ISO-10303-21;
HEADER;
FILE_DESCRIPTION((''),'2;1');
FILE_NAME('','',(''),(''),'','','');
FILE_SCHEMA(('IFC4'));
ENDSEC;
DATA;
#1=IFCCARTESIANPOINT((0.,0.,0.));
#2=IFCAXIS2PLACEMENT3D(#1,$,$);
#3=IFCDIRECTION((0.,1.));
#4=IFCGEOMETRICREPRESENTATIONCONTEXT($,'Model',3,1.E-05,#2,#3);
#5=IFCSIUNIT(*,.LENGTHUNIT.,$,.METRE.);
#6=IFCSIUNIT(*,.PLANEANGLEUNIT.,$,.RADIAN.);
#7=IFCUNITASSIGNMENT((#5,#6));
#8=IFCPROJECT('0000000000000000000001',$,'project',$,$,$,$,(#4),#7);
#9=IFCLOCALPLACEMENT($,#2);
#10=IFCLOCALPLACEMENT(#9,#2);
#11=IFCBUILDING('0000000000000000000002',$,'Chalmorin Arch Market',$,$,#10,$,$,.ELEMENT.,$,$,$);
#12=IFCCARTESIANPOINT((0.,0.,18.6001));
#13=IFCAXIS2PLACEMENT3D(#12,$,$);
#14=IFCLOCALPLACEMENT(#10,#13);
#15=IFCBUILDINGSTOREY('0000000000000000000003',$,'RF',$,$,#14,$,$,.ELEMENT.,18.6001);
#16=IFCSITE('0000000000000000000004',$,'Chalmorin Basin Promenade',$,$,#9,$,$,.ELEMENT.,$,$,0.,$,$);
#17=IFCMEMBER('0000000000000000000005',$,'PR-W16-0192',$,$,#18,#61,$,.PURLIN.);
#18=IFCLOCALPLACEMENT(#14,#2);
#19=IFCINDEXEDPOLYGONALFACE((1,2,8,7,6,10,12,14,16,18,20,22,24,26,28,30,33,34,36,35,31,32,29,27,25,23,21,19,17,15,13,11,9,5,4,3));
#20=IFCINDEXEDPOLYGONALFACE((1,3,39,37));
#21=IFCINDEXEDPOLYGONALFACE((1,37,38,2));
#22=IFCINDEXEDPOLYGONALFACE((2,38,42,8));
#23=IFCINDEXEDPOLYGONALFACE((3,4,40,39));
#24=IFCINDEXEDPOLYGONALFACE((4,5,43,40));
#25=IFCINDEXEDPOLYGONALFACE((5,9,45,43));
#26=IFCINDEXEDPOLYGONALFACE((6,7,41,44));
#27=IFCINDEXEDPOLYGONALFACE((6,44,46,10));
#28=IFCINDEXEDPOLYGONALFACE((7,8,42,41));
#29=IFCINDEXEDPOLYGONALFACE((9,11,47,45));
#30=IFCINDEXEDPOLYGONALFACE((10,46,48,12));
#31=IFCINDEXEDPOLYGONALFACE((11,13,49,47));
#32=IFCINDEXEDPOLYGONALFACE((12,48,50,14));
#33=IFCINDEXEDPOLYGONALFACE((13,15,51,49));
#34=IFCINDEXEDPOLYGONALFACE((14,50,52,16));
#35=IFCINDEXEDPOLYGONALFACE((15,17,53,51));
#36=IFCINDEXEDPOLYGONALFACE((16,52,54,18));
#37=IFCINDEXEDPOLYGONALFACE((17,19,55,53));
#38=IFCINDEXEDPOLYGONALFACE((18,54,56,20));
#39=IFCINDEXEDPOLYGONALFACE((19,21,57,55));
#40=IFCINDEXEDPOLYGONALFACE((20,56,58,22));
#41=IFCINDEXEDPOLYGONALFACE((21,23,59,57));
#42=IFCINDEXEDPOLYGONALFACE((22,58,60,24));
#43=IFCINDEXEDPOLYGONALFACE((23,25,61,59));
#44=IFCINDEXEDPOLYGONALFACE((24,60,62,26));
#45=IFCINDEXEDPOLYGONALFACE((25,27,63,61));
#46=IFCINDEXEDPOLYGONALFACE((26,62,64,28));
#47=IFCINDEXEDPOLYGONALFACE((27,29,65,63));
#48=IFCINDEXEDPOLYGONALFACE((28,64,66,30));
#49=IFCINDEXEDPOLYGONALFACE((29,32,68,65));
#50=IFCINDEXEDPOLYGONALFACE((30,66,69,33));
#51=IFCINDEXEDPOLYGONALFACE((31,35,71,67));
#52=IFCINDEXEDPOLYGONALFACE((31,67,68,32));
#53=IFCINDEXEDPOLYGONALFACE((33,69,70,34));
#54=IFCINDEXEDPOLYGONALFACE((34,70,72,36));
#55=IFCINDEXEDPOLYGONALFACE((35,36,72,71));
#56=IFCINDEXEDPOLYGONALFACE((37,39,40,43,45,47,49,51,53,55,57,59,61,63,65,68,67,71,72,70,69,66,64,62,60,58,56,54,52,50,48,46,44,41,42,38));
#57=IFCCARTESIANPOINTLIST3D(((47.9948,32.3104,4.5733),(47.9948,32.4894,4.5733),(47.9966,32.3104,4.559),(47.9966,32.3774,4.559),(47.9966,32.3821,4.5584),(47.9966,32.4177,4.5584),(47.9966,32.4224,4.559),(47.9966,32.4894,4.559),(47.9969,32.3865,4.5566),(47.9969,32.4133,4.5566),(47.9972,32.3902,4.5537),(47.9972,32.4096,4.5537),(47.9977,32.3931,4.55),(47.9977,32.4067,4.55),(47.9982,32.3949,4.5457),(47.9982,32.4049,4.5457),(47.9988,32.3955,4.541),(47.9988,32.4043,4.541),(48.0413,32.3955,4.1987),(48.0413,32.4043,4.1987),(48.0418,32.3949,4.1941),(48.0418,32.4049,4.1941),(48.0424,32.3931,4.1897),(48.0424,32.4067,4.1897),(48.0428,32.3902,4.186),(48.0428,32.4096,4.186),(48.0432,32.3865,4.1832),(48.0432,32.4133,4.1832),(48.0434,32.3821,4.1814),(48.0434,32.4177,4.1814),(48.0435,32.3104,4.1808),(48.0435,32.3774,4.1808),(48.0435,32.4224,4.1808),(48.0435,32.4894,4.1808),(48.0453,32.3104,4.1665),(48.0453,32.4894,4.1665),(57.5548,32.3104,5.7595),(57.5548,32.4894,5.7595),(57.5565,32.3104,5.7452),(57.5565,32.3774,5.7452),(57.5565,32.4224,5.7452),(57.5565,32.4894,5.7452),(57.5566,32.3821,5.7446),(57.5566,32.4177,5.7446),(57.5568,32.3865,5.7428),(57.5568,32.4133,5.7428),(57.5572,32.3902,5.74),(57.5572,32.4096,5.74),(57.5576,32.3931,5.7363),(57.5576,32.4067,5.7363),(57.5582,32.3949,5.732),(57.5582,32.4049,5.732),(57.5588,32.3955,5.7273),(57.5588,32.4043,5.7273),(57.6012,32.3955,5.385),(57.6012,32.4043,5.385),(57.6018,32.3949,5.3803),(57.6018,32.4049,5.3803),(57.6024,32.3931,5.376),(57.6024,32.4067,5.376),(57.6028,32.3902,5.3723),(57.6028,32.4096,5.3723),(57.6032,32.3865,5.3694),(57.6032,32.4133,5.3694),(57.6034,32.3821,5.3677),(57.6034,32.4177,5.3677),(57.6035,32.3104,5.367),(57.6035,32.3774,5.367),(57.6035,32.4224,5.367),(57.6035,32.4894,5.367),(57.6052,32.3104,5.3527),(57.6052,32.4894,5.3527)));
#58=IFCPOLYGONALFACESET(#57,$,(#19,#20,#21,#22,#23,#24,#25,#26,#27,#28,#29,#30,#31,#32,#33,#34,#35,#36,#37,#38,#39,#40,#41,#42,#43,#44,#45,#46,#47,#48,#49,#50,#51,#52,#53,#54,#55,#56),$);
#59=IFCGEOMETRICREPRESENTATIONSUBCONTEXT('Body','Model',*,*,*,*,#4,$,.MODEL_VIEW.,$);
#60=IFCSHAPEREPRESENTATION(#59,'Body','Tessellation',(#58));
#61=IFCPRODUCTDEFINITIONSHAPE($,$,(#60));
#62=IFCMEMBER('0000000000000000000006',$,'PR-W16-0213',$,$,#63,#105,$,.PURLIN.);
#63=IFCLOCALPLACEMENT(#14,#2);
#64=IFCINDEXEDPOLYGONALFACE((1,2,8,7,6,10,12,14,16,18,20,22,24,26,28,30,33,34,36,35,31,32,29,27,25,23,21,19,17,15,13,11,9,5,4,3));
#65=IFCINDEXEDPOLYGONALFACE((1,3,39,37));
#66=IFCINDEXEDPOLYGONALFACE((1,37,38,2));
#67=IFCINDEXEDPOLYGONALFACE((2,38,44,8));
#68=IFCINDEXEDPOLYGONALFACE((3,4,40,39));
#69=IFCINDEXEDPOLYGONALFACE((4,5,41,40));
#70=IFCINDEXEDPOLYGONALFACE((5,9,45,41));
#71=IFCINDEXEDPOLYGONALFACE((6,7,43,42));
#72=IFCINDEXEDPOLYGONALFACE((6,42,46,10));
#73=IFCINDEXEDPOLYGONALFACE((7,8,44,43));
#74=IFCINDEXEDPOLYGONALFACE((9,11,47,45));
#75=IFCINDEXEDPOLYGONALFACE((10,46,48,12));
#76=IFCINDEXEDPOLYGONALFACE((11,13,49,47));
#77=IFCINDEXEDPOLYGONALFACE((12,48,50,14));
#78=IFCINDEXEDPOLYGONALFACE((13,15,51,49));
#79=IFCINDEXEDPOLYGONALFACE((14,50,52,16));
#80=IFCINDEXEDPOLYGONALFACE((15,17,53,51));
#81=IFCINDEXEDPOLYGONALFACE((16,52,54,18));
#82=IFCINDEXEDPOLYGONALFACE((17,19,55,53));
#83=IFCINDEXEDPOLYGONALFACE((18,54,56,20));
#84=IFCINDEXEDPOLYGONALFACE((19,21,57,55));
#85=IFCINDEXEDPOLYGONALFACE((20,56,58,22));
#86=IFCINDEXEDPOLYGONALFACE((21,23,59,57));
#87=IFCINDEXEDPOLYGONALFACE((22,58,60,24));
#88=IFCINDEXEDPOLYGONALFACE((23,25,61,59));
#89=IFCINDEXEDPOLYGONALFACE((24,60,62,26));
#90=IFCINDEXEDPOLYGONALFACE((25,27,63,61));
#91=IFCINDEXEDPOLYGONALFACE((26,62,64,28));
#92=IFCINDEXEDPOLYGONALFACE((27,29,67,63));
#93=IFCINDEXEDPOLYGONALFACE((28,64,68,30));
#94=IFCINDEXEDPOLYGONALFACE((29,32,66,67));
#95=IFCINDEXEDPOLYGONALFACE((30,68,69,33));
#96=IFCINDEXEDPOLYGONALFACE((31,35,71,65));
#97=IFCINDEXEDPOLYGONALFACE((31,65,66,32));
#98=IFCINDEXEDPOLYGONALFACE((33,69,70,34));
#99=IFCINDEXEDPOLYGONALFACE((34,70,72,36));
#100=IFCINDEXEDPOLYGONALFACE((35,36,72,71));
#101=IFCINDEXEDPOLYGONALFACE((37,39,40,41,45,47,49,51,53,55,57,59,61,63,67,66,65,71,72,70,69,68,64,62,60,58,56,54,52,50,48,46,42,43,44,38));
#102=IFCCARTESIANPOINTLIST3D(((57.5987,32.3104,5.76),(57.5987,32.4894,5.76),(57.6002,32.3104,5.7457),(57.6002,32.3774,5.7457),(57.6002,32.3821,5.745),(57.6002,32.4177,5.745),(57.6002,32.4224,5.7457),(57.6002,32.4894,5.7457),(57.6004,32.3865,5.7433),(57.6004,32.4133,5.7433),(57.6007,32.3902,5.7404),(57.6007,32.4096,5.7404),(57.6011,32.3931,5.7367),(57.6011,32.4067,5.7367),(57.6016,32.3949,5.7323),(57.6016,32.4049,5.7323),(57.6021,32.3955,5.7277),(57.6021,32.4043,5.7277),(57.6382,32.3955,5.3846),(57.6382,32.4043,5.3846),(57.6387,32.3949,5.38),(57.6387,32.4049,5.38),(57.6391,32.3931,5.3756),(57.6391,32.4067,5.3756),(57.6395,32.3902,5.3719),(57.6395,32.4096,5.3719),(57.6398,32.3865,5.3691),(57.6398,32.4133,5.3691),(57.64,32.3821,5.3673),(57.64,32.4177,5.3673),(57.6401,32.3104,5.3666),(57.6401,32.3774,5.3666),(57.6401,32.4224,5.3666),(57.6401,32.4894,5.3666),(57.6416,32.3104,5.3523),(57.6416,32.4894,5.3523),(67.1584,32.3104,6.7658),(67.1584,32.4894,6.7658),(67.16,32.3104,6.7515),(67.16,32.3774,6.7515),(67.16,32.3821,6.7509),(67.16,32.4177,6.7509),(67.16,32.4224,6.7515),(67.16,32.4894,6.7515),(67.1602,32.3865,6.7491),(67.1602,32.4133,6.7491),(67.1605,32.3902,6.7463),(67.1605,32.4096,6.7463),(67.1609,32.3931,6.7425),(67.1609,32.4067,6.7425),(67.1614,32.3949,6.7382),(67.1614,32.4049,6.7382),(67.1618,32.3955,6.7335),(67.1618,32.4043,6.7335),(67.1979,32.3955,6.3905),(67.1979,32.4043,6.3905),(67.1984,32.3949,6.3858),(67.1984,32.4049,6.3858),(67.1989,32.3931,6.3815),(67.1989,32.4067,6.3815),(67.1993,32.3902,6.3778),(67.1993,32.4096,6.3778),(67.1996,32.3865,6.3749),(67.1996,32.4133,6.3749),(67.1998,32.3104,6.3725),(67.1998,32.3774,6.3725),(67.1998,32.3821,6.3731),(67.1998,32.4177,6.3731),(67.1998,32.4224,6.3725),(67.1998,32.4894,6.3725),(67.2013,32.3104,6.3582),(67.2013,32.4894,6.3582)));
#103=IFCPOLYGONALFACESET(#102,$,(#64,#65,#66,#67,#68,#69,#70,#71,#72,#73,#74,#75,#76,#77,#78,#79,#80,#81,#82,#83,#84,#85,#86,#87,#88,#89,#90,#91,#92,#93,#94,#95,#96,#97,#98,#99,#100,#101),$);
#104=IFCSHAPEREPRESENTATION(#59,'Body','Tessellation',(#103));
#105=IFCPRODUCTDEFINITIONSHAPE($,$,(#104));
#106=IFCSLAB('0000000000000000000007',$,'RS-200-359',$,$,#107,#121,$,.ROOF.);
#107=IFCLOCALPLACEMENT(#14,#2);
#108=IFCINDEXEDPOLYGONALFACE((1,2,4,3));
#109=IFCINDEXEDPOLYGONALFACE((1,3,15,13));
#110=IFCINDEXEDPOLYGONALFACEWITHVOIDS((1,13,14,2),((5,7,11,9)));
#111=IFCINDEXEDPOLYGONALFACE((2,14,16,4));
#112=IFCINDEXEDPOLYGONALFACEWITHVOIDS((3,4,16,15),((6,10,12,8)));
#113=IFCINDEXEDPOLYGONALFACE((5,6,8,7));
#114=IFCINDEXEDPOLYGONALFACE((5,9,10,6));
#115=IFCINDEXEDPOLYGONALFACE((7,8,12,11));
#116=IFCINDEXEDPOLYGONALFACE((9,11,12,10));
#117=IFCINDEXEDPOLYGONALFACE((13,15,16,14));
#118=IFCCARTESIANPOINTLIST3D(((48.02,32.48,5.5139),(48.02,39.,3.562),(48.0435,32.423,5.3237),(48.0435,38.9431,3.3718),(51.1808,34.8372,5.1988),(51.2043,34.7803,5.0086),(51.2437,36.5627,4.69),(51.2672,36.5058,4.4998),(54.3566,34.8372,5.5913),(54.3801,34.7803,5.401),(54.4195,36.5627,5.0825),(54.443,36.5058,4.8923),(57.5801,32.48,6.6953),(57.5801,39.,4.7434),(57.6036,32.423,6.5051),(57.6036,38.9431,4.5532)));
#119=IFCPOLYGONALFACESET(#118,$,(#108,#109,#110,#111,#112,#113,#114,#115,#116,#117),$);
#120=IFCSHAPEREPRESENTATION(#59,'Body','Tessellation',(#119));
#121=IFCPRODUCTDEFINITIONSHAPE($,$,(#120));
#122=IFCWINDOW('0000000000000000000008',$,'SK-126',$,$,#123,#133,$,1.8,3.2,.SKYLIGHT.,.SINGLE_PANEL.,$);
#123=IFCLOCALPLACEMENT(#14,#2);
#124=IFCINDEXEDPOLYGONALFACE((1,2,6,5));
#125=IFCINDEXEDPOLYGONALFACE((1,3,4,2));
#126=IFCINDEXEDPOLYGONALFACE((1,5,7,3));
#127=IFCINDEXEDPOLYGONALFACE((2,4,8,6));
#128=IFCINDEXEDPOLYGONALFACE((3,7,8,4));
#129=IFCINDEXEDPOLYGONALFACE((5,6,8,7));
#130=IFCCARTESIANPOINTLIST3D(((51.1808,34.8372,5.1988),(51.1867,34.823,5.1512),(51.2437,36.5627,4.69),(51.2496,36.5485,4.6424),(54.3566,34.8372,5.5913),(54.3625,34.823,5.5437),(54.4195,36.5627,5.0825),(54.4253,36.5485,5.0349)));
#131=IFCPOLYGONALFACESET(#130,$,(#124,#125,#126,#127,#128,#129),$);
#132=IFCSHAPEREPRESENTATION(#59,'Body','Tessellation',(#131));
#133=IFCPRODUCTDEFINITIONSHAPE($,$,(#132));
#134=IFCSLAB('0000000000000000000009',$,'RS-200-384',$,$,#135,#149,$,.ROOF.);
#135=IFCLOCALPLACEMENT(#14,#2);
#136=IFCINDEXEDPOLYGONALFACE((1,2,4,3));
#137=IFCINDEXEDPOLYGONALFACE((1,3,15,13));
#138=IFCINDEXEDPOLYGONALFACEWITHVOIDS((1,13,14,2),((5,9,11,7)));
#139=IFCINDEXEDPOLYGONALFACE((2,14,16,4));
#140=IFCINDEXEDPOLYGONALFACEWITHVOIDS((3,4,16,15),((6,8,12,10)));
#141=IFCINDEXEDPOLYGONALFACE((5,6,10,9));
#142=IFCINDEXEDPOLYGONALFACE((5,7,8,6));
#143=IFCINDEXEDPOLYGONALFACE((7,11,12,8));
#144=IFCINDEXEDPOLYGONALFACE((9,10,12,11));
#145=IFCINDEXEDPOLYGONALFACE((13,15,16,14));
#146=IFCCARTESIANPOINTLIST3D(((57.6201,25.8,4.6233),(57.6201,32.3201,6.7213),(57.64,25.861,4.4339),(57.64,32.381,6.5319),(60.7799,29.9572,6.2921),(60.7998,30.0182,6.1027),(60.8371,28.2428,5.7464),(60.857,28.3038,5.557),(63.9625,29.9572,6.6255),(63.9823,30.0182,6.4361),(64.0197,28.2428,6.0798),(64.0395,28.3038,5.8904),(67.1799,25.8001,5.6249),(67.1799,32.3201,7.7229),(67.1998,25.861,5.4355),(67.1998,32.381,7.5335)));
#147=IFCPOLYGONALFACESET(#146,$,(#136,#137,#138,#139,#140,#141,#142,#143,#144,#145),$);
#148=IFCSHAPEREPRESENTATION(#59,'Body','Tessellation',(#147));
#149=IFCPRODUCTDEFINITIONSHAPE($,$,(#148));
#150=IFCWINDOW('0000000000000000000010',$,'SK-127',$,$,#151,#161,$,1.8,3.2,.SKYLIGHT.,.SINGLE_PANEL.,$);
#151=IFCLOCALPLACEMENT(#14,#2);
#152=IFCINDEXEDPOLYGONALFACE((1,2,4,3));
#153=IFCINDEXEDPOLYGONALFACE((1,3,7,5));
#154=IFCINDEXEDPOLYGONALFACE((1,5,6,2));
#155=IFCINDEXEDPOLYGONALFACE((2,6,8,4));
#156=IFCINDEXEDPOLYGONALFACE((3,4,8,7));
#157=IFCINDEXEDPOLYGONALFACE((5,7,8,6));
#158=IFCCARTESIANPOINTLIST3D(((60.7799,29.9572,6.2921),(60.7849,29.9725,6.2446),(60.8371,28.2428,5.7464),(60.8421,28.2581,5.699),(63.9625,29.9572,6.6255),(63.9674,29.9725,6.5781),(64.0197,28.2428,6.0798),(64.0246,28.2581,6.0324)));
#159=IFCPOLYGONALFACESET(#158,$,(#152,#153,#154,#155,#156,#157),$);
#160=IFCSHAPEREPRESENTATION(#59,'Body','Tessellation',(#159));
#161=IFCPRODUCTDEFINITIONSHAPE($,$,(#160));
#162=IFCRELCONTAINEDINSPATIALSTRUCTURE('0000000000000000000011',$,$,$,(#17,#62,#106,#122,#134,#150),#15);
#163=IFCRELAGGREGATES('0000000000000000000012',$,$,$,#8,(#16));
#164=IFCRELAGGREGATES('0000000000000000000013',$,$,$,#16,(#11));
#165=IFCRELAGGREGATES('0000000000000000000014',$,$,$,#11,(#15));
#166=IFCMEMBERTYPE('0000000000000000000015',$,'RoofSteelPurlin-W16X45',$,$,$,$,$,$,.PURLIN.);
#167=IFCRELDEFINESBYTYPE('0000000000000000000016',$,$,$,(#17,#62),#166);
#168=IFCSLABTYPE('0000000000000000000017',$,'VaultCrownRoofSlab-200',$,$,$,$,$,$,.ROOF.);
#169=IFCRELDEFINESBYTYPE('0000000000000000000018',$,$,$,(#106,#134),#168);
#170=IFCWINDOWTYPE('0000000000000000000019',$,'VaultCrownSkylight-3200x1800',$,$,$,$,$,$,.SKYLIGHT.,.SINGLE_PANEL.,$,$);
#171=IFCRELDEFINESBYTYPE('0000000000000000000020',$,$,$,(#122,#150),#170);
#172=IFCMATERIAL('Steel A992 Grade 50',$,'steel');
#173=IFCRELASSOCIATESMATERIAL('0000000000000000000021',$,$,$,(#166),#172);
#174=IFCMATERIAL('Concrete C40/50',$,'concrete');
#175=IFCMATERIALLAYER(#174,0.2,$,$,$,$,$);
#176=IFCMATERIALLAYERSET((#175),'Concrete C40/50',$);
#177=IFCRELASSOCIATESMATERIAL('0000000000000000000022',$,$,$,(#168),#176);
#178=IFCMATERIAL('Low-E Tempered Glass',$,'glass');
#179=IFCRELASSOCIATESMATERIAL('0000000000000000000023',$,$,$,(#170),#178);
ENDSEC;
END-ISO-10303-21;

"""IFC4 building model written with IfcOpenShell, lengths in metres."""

from ifc_helpers import new_model, si_unit, direction, frame, origin, origin_2d, place, context, subcontext, project, spatial, polyline, rectangle, i_section, outline, extrude, material, layer, layer_set, material_profile, profile_set, type_object, element, fill, save


model = new_model("IFC4")

# Units and contexts
model_context = context("Model", 3, precision=1e-05, world=origin(), true_north=direction((0.0, 1.0)))
body_context = subcontext(model_context, "Body", "Model", "MODEL_VIEW")
ifc_project = project(units=[si_unit("LENGTHUNIT", "METRE"), si_unit("PLANEANGLEUNIT", "RADIAN")], contexts=[model_context])

# Site, building, storey
site_placement = place(None, origin())
site = spatial("IfcSite", under=ifc_project, at=site_placement, Name="Chalmorin Basin Promenade", CompositionType="ELEMENT", RefElevation=0.0)
building_placement = place(site_placement, origin())
building = spatial("IfcBuilding", under=site, at=building_placement, Name="Chalmorin Arch Market", CompositionType="ELEMENT")
storey_placement = place(building_placement, frame((0.0, 0.0, 18.6001)))
storey = spatial("IfcBuildingStorey", under=building, at=storey_placement, Name="RF", CompositionType="ELEMENT", Elevation=18.6001)

# Members
ifc_material_1 = material(Name="Steel A992 Grade 50", Category="steel")
ifc_material_profile_1 = material_profile(ifc_material_1, i_section(OverallWidth=0.179, OverallDepth=0.4099, WebThickness=0.0088, FlangeThickness=0.0144, FilletRadius=0.0181, at=origin_2d()), Name="W16X45")
ifc_profile_set_1 = profile_set([ifc_material_profile_1], Name="Steel A992 Grade 50")
member_type_1 = type_object("IfcMemberType", Name="RoofSteelPurlin-W16X45", PredefinedType="PURLIN", material=ifc_profile_set_1)
member_1_placement = place(storey_placement, frame((48.02, 32.3999, 4.3699), z_axis=(0.992389, 0.0, 0.123143), x_axis=(0.0, 1.0, 0.0)))
element("IfcMember", 1, at=member_1_placement, inside=storey, type_object=member_type_1, Name="PR-W16-0192", PredefinedType="PURLIN", context=body_context, shape_type="SweptSolid", body=[
    extrude(i_section(OverallWidth=0.179, OverallDepth=0.4099, WebThickness=0.0088, FlangeThickness=0.0144, FilletRadius=0.0181, at=origin_2d()), origin(), (0.0, 0.0, 1.0), 9.6333),
])
member_2_placement = place(storey_placement, frame((57.6201, 32.3999, 5.5562), z_axis=(0.99451, 0.0, 0.10464), x_axis=(0.0, 1.0, 0.0)))
element("IfcMember", 2, at=member_2_placement, inside=storey, type_object=member_type_1, Name="PR-W16-0213", PredefinedType="PURLIN", context=body_context, shape_type="SweptSolid", body=[
    extrude(i_section(OverallWidth=0.179, OverallDepth=0.4099, WebThickness=0.0088, FlangeThickness=0.0144, FilletRadius=0.0181, at=origin_2d()), origin(), (0.0, 0.0, 1.0), 9.6125),
])

# Slabs, openings, windows
ifc_material_2 = material(Name="Concrete C40/50", Category="concrete")
ifc_layer_1 = layer(ifc_material_2, 0.2)
ifc_layer_set_1 = layer_set([ifc_layer_1], Name="Concrete C40/50")
slab_type_1 = type_object("IfcSlabType", Name="VaultCrownRoofSlab-200", PredefinedType="ROOF", material=ifc_layer_set_1)
slab_1_placement = place(storey_placement, frame((48.02, 32.48, 5.5139), z_axis=(-0.117564, 0.284806, 0.951349), x_axis=(0.992451, 0.0, 0.122643)))
slab_1 = element("IfcSlab", 3, at=slab_1_placement, inside=storey, type_object=slab_type_1, Name="RS-200-359", PredefinedType="ROOF", context=body_context, shape_type="SweptSolid", body=[
    extrude(outline(polyline([(0.0, 0.0), (9.6328, 0.0), (9.3934, 6.8017), (-0.2394, 6.8017), (0.0, 0.0)])), origin(), (0.0, 0.0, -1.0), 0.2),
])
opening_1_placement = place(slab_1_placement, frame((4.6982, 3.3591, -0.2148)))
opening_1 = element("IfcOpeningElement", 4, at=opening_1_placement, cuts=slab_1, PredefinedType="OPENING", context=body_context, shape_type="SweptSolid", body=[
    extrude(rectangle(XDim=3.2, YDim=1.8, at=origin_2d()), origin(), (0.0, 0.0, 1.0), 0.23),
])
ifc_material_3 = material(Name="Low-E Tempered Glass", Category="glass")
window_type = type_object("IfcWindowType", Name="VaultCrownSkylight-3200x1800", PartitioningType="SINGLE_PANEL", PredefinedType="SKYLIGHT", material=ifc_material_3)
window_1_placement = place(slab_1_placement, frame((4.6982, 3.3591, -0.05)))
window_1 = element("IfcWindow", 5, at=window_1_placement, inside=storey, type_object=window_type, Name="SK-126", OverallHeight=1.8, OverallWidth=3.2, PartitioningType="SINGLE_PANEL", PredefinedType="SKYLIGHT", context=body_context, shape_type="SweptSolid", body=[
    extrude(rectangle(XDim=3.2, YDim=1.8, at=origin_2d()), origin(), (0.0, 0.0, 1.0), 0.05),
])
fill(opening_1, window_1)
slab_2_placement = place(storey_placement, frame((57.6201, 25.8, 4.6233), z_axis=(-0.099242, -0.304802, 0.947231), x_axis=(0.994556, 0.000004, 0.104201)))
slab_2 = element("IfcSlab", 6, at=slab_2_placement, inside=storey, type_object=slab_type_1, Name="RS-200-384", PredefinedType="ROOF", context=body_context, shape_type="SweptSolid", body=[
    extrude(outline(polyline([(0.0, 0.0), (9.6122, 0.0), (9.8308, 6.8457), (0.2187, 6.8458), (0.0, 0.0)])), origin(), (0.0, 0.0, -1.0), 0.2),
])
opening_2_placement = place(slab_2_placement, frame((4.9165, 3.4648, -0.2148)))
opening_2 = element("IfcOpeningElement", 7, at=opening_2_placement, cuts=slab_2, PredefinedType="OPENING", context=body_context, shape_type="SweptSolid", body=[
    extrude(rectangle(XDim=3.2, YDim=1.8, at=origin_2d()), origin(), (0.0, 0.0, 1.0), 0.23),
])
window_2_placement = place(slab_2_placement, frame((4.9165, 3.4648, -0.05)))
window_2 = element("IfcWindow", 8, at=window_2_placement, inside=storey, type_object=window_type, Name="SK-127", OverallHeight=1.8, OverallWidth=3.2, PartitioningType="SINGLE_PANEL", PredefinedType="SKYLIGHT", context=body_context, shape_type="SweptSolid", body=[
    extrude(rectangle(XDim=3.2, YDim=1.8, at=origin_2d()), origin(), (0.0, 0.0, 1.0), 0.05),
])
fill(opening_2, window_2)

save(model, "model.ifc")
